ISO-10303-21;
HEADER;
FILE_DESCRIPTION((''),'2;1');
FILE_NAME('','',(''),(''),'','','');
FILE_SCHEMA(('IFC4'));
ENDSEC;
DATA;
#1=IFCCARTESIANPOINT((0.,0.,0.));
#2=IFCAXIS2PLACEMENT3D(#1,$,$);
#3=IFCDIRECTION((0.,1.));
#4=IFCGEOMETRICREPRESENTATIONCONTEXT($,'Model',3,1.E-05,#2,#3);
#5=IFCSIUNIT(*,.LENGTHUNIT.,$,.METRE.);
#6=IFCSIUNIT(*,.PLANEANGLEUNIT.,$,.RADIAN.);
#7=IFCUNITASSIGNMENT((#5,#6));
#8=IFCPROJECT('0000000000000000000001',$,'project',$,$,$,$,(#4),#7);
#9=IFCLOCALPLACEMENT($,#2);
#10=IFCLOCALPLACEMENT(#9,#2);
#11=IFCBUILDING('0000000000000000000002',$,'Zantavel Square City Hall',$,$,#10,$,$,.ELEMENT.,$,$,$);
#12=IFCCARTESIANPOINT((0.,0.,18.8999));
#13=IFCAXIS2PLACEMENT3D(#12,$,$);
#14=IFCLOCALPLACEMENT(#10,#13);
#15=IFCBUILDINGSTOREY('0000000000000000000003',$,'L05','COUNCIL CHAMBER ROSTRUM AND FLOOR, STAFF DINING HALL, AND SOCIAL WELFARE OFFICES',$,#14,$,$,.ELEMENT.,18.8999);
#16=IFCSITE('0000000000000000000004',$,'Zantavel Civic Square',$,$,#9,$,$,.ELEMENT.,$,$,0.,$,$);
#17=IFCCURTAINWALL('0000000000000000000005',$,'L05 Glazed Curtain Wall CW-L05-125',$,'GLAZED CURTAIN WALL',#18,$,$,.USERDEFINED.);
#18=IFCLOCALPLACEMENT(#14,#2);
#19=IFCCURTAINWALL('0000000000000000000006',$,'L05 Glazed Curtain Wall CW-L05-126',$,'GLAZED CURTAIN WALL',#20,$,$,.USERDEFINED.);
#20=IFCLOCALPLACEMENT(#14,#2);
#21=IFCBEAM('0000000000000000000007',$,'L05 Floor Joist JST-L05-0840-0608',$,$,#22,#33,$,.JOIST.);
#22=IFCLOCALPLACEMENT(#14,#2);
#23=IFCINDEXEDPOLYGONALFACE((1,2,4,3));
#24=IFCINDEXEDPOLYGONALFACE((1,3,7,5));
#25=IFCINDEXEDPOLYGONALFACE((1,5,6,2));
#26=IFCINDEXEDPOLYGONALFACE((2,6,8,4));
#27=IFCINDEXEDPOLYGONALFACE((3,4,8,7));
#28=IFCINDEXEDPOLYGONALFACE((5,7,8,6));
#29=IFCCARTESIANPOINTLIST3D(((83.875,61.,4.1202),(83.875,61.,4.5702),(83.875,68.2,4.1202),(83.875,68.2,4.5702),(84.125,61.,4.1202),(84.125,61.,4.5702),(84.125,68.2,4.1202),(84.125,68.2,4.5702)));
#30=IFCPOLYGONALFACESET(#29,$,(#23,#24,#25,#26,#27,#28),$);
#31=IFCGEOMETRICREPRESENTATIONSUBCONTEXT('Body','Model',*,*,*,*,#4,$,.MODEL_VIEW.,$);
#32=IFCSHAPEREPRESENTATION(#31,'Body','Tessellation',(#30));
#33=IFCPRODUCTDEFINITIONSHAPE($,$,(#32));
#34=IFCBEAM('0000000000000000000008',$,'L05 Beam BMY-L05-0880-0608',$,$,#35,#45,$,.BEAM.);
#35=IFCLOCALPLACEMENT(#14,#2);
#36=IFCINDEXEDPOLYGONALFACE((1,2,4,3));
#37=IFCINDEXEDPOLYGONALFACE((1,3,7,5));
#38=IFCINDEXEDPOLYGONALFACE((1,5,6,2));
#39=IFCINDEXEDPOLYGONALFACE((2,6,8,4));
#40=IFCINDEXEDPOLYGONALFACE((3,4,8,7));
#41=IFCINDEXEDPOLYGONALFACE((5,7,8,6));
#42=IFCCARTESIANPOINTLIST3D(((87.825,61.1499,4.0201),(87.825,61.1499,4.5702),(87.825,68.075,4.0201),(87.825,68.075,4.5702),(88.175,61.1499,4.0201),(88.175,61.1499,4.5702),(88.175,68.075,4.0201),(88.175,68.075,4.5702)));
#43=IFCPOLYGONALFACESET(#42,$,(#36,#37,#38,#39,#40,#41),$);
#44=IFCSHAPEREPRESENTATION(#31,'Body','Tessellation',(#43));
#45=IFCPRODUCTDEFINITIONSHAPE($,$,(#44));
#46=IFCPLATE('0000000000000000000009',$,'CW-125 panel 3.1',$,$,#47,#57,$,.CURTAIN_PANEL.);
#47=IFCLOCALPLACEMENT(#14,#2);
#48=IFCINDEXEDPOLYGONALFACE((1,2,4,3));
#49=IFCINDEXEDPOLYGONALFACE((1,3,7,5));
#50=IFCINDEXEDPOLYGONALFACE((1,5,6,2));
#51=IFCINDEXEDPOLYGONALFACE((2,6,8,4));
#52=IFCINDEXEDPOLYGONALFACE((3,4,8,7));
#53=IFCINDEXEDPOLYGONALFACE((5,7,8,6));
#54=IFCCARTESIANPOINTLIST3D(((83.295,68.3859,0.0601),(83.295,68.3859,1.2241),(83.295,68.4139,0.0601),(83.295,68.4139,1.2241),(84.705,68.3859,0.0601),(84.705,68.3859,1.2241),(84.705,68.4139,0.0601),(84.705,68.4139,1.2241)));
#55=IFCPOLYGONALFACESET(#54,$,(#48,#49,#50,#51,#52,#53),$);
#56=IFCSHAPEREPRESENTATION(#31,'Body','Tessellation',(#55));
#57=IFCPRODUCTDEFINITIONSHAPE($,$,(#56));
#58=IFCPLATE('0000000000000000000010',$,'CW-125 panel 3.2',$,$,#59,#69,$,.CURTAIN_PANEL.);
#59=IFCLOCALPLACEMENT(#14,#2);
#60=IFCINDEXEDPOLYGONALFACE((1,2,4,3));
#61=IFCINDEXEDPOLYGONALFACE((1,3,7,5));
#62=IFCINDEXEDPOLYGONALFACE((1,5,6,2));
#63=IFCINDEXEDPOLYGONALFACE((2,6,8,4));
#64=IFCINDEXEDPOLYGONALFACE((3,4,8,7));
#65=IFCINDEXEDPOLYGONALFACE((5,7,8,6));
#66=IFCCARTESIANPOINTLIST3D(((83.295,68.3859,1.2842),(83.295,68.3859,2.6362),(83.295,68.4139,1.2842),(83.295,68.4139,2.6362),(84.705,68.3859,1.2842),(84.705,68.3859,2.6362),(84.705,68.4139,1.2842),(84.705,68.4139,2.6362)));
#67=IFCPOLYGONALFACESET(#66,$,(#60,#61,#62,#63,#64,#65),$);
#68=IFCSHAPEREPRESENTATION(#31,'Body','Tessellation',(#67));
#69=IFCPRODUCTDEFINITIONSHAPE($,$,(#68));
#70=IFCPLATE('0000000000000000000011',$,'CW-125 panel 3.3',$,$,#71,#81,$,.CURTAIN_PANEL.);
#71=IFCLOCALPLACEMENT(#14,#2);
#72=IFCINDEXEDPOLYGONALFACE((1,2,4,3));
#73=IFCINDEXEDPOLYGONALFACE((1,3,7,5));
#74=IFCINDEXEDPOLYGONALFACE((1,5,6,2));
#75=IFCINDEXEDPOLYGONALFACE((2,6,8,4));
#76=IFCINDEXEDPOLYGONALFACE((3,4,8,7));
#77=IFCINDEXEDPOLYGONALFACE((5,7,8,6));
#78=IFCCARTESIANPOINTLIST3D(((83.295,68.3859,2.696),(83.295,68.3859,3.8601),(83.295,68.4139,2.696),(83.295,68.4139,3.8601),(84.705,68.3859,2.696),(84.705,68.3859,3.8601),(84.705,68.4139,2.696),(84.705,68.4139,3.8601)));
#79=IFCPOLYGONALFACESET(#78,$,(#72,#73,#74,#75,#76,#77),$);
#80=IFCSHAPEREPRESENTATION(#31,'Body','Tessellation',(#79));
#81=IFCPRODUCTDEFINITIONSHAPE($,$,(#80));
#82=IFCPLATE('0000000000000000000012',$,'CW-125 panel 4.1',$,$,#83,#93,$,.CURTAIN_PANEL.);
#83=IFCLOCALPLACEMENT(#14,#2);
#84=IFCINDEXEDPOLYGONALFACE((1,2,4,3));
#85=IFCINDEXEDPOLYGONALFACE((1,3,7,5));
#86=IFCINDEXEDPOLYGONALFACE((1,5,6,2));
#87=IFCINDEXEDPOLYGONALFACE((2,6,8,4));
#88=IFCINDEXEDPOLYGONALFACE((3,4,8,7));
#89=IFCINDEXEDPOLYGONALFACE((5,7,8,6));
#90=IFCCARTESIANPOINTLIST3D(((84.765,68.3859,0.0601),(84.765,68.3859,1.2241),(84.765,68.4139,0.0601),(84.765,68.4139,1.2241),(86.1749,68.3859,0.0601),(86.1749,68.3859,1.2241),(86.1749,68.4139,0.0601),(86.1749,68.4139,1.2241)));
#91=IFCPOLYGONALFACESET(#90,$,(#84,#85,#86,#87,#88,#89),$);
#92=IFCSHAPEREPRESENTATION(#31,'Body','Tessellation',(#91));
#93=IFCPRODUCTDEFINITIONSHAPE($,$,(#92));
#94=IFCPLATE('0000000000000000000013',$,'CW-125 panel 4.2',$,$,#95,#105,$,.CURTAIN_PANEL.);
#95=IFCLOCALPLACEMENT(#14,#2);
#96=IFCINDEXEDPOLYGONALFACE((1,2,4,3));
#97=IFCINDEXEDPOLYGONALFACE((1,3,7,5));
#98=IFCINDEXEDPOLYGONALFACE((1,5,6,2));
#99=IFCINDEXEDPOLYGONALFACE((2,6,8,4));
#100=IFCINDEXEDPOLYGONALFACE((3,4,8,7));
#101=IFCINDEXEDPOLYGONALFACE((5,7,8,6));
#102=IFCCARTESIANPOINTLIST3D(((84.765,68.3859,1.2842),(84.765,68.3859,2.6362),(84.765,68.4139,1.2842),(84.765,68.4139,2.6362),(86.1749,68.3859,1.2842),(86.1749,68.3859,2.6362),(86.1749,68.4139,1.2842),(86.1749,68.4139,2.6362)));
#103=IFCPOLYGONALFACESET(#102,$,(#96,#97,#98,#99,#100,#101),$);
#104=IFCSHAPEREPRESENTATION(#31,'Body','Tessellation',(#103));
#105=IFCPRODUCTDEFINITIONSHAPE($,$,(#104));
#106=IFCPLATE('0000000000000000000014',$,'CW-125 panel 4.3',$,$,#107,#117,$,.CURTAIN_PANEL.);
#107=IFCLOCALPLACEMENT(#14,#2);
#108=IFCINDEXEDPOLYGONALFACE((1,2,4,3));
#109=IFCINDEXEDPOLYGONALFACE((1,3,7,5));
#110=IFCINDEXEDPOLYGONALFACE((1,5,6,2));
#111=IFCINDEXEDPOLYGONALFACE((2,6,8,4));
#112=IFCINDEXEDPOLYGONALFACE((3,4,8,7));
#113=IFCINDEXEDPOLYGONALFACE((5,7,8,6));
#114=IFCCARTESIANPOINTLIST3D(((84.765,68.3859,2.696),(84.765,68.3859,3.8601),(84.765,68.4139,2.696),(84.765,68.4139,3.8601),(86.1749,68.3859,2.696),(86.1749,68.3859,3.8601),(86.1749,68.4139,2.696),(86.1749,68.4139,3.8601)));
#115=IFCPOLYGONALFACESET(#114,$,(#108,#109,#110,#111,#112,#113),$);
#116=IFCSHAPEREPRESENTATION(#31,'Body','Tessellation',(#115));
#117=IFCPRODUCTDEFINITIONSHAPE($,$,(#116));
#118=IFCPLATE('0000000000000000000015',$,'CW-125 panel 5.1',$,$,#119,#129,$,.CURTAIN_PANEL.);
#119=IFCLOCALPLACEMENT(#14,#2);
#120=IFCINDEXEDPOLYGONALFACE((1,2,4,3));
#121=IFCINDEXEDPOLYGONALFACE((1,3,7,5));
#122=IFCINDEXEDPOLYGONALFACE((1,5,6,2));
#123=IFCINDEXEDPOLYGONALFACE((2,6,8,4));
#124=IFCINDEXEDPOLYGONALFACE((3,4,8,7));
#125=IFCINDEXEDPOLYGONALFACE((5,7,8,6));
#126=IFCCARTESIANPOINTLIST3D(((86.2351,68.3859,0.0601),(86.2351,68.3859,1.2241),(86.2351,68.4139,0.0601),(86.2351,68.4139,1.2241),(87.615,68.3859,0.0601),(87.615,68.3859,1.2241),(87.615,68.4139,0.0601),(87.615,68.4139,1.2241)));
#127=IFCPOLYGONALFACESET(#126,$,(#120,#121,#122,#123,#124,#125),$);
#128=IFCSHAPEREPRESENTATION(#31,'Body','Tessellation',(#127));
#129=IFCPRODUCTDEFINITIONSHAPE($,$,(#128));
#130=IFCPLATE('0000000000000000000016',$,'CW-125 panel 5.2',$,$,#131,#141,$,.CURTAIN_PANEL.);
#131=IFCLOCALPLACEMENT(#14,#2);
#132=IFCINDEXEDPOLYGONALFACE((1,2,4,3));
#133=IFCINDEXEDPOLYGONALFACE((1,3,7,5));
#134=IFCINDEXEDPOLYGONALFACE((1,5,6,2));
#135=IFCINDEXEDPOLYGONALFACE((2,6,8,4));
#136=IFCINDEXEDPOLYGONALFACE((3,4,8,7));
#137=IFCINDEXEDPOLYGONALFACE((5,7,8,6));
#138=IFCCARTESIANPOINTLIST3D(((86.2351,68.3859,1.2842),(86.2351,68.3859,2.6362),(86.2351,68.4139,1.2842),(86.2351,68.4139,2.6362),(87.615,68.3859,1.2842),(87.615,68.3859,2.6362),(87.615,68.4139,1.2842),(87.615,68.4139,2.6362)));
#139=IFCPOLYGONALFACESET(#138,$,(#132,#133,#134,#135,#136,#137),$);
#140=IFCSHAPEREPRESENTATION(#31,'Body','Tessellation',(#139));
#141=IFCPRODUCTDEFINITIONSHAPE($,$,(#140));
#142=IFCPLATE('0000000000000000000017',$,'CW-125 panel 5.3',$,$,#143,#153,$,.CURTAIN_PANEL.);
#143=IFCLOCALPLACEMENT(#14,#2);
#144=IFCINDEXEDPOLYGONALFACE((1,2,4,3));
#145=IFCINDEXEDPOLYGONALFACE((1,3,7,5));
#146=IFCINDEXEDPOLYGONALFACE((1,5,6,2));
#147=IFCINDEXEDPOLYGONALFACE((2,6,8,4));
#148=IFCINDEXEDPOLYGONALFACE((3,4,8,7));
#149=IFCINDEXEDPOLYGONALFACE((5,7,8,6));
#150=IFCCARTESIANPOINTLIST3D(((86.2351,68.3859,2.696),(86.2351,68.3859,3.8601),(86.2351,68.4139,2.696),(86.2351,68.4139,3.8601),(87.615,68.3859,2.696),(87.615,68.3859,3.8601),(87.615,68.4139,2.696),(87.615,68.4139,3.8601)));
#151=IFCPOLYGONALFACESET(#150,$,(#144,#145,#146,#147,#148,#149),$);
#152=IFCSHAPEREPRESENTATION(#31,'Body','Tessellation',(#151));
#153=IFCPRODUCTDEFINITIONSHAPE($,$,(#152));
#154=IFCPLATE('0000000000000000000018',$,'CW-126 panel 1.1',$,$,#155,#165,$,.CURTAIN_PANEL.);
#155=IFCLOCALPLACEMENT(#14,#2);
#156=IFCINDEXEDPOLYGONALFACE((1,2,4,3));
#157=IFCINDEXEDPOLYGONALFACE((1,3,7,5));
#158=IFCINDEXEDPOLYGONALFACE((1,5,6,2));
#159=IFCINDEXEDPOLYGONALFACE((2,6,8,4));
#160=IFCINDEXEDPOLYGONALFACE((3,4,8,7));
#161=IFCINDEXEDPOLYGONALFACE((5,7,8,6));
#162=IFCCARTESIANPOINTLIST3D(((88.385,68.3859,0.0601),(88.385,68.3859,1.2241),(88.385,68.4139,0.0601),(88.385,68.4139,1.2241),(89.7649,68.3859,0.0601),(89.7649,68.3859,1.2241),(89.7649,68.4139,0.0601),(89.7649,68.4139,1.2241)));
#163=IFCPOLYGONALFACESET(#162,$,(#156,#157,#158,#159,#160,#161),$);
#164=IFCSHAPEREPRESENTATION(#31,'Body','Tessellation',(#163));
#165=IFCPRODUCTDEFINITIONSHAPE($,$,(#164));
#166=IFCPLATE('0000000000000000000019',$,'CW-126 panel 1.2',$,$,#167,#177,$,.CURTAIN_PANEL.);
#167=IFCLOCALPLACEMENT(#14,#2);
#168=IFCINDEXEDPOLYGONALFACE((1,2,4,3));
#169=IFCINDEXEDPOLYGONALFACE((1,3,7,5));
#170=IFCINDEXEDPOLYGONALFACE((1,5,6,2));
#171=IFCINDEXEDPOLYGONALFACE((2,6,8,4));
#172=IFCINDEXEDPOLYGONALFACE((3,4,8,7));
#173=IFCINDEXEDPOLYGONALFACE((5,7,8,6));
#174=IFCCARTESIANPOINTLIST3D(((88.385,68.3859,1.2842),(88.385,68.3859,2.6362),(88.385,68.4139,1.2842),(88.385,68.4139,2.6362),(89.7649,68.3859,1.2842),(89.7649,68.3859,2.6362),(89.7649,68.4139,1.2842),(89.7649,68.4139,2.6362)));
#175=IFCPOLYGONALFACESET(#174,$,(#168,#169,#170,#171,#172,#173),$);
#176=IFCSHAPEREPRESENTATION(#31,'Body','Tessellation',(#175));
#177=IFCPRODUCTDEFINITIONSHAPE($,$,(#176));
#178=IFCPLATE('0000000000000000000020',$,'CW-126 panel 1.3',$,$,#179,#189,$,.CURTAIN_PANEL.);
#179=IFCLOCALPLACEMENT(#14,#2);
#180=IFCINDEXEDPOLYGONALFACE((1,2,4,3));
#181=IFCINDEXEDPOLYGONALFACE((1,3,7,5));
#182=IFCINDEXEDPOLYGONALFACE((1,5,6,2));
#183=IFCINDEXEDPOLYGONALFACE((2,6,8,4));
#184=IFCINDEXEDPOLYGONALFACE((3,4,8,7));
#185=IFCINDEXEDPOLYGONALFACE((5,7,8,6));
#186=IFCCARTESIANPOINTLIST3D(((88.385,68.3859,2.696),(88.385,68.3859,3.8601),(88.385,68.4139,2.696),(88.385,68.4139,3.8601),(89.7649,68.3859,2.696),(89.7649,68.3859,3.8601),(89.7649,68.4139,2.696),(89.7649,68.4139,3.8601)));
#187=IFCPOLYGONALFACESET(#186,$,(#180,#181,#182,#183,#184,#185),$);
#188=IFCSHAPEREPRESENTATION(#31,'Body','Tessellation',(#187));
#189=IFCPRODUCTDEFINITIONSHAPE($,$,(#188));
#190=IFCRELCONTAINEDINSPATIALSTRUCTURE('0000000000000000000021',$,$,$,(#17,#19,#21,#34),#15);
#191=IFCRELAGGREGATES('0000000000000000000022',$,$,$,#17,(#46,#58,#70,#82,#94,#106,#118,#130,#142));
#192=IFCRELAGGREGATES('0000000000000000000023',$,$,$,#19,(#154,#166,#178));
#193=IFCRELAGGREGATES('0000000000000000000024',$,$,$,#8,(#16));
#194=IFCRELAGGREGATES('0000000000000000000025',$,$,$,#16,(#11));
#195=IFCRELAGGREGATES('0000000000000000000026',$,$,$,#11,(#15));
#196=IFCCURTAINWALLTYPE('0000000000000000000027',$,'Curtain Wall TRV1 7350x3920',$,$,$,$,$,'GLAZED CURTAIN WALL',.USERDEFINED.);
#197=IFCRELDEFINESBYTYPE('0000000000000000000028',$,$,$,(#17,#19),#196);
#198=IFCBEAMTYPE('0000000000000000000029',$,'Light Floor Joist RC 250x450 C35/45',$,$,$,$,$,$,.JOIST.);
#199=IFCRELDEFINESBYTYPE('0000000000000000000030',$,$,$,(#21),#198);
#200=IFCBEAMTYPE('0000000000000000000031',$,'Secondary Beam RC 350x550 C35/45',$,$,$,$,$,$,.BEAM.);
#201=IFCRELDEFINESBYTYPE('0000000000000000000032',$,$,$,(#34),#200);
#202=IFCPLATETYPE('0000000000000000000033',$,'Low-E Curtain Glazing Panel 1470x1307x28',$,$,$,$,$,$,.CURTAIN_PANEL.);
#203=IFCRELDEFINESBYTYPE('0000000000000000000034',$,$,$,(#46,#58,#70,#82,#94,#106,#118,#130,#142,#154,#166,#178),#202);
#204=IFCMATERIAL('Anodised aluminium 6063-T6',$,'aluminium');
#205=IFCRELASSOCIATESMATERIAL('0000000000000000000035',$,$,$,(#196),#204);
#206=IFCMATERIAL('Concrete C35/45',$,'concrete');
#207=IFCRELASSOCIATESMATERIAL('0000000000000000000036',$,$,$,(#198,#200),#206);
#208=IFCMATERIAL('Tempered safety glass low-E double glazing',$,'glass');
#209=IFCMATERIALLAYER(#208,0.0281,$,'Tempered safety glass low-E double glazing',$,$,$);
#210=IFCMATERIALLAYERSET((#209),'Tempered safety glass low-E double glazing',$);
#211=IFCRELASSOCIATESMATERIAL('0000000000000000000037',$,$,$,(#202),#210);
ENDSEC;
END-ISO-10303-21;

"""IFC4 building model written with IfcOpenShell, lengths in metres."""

from ifc_helpers import new_model, si_unit, direction, frame, origin, origin_2d, place, context, subcontext, project, spatial, rectangle, extrude, material, layer, layer_set, material_profile, profile_set, type_object, element, aggregate, save


model = new_model("IFC4")

# Units and contexts
model_context = context("Model", 3, precision=1e-05, world=origin(), true_north=direction((0.0, 1.0)))
body_context = subcontext(model_context, "Body", "Model", "MODEL_VIEW")
ifc_project = project(units=[si_unit("LENGTHUNIT", "METRE"), si_unit("PLANEANGLEUNIT", "RADIAN")], contexts=[model_context])

# Site, building, storey
site_placement = place(None, origin())
site = spatial("IfcSite", under=ifc_project, at=site_placement, Name="Zantavel Civic Square", CompositionType="ELEMENT", RefElevation=0.0)
building_placement = place(site_placement, origin())
building = spatial("IfcBuilding", under=site, at=building_placement, Name="Zantavel Square City Hall", CompositionType="ELEMENT")
storey_placement = place(building_placement, frame((0.0, 0.0, 18.8999)))
storey = spatial("IfcBuildingStorey", under=building, at=storey_placement, Name="L05", Description="COUNCIL CHAMBER ROSTRUM AND FLOOR, STAFF DINING HALL, AND SOCIAL WELFARE OFFICES", CompositionType="ELEMENT", Elevation=18.8999)

# Curtain walls
ifc_material_1 = material(Name="Anodised aluminium 6063-T6", Category="aluminium")
curtain_wall_type = type_object("IfcCurtainWallType", Name="Curtain Wall TRV1 7350x3920", ElementType="GLAZED CURTAIN WALL", PredefinedType="USERDEFINED", material=ifc_material_1)
curtain_wall_1_placement = place(storey_placement, origin())
curtain_wall_1 = element("IfcCurtainWall", 1, at=curtain_wall_1_placement, inside=storey, type_object=curtain_wall_type, Name="L05 Glazed Curtain Wall CW-L05-125", ObjectType="GLAZED CURTAIN WALL", PredefinedType="USERDEFINED")
curtain_wall_2_placement = place(storey_placement, origin())
curtain_wall_2 = element("IfcCurtainWall", 2, at=curtain_wall_2_placement, inside=storey, type_object=curtain_wall_type, Name="L05 Glazed Curtain Wall CW-L05-126", ObjectType="GLAZED CURTAIN WALL", PredefinedType="USERDEFINED")

# Beams
ifc_material_2 = material(Name="Concrete C35/45", Category="concrete")
ifc_material_profile_1 = material_profile(ifc_material_2, rectangle(XDim=0.25, YDim=0.45, at=origin_2d()), Name="RC 250x450")
ifc_profile_set_1 = profile_set([ifc_material_profile_1], Name="Concrete C35/45")
beam_type_1 = type_object("IfcBeamType", Name="Light Floor Joist RC 250x450 C35/45", PredefinedType="JOIST", material=ifc_profile_set_1)
beam_1_placement = place(storey_placement, frame((84.0, 61.0, 4.3452), z_axis=(0.0, 1.0, 0.0), x_axis=(-1.0, 0.0, 0.0)))
element("IfcBeam", 3, at=beam_1_placement, inside=storey, type_object=beam_type_1, Name="L05 Floor Joist JST-L05-0840-0608", PredefinedType="JOIST", context=body_context, shape_type="SweptSolid", body=[
    extrude(rectangle(XDim=0.25, YDim=0.45, at=origin_2d()), origin(), (0.0, 0.0, 1.0), 7.2),
])
ifc_material_profile_2 = material_profile(ifc_material_2, rectangle(XDim=0.3501, YDim=0.55, at=origin_2d()), Name="RC 350x550")
ifc_profile_set_2 = profile_set([ifc_material_profile_2], Name="Concrete C35/45")
beam_type_2 = type_object("IfcBeamType", Name="Secondary Beam RC 350x550 C35/45", PredefinedType="BEAM", material=ifc_profile_set_2)
beam_2_placement = place(storey_placement, frame((88.0, 61.1499, 4.2952), z_axis=(0.0, 1.0, 0.0), x_axis=(-1.0, 0.0, 0.0)))
element("IfcBeam", 4, at=beam_2_placement, inside=storey, type_object=beam_type_2, Name="L05 Beam BMY-L05-0880-0608", PredefinedType="BEAM", context=body_context, shape_type="SweptSolid", body=[
    extrude(rectangle(XDim=0.3501, YDim=0.55, at=origin_2d()), origin(), (0.0, 0.0, 1.0), 6.925),
])

# Plates
ifc_material_3 = material(Name="Tempered safety glass low-E double glazing", Category="glass")
ifc_layer_1 = layer(ifc_material_3, 0.0281, Name="Tempered safety glass low-E double glazing")
ifc_layer_set_1 = layer_set([ifc_layer_1], Name="Tempered safety glass low-E double glazing")
plate_type = type_object("IfcPlateType", Name="Low-E Curtain Glazing Panel 1470x1307x28", PredefinedType="CURTAIN_PANEL", material=ifc_layer_set_1)
plate_1_placement = place(storey_placement, frame((84.0, 68.3999, 0.0601), z_axis=(0.0, 0.0, 1.0), x_axis=(1.0, 0.0, 0.0)))
plate_1 = element("IfcPlate", 5, at=plate_1_placement, type_object=plate_type, Name="CW-125 panel 3.1", PredefinedType="CURTAIN_PANEL", context=body_context, shape_type="SweptSolid", body=[
    extrude(rectangle(XDim=1.4099, YDim=0.0281, at=origin_2d()), origin(), (0.0, 0.0, 1.0), 1.1641),
])
plate_2_placement = place(storey_placement, frame((84.0, 68.3999, 1.2842), z_axis=(0.0, 0.0, 1.0), x_axis=(1.0, 0.0, 0.0)))
plate_2 = element("IfcPlate", 6, at=plate_2_placement, type_object=plate_type, Name="CW-125 panel 3.2", PredefinedType="CURTAIN_PANEL", context=body_context, shape_type="SweptSolid", body=[
    extrude(rectangle(XDim=1.4099, YDim=0.0281, at=origin_2d()), origin(), (0.0, 0.0, 1.0), 1.3521),
])
plate_3_placement = place(storey_placement, frame((84.0, 68.3999, 2.696), z_axis=(0.0, 0.0, 1.0), x_axis=(1.0, 0.0, 0.0)))
plate_3 = element("IfcPlate", 7, at=plate_3_placement, type_object=plate_type, Name="CW-125 panel 3.3", PredefinedType="CURTAIN_PANEL", context=body_context, shape_type="SweptSolid", body=[
    extrude(rectangle(XDim=1.4099, YDim=0.0281, at=origin_2d()), origin(), (0.0, 0.0, 1.0), 1.1641),
])
plate_4_placement = place(storey_placement, frame((85.47, 68.3999, 0.0601), z_axis=(0.0, 0.0, 1.0), x_axis=(1.0, 0.0, 0.0)))
plate_4 = element("IfcPlate", 8, at=plate_4_placement, type_object=plate_type, Name="CW-125 panel 4.1", PredefinedType="CURTAIN_PANEL", context=body_context, shape_type="SweptSolid", body=[
    extrude(rectangle(XDim=1.4099, YDim=0.0281, at=origin_2d()), origin(), (0.0, 0.0, 1.0), 1.1641),
])
plate_5_placement = place(storey_placement, frame((85.47, 68.3999, 1.2842), z_axis=(0.0, 0.0, 1.0), x_axis=(1.0, 0.0, 0.0)))
plate_5 = element("IfcPlate", 9, at=plate_5_placement, type_object=plate_type, Name="CW-125 panel 4.2", PredefinedType="CURTAIN_PANEL", context=body_context, shape_type="SweptSolid", body=[
    extrude(rectangle(XDim=1.4099, YDim=0.0281, at=origin_2d()), origin(), (0.0, 0.0, 1.0), 1.3521),
])
plate_6_placement = place(storey_placement, frame((85.47, 68.3999, 2.696), z_axis=(0.0, 0.0, 1.0), x_axis=(1.0, 0.0, 0.0)))
plate_6 = element("IfcPlate", 10, at=plate_6_placement, type_object=plate_type, Name="CW-125 panel 4.3", PredefinedType="CURTAIN_PANEL", context=body_context, shape_type="SweptSolid", body=[
    extrude(rectangle(XDim=1.4099, YDim=0.0281, at=origin_2d()), origin(), (0.0, 0.0, 1.0), 1.1641),
])
plate_7_placement = place(storey_placement, frame((86.925, 68.3999, 0.0601), z_axis=(0.0, 0.0, 1.0), x_axis=(1.0, 0.0, 0.0)))
plate_7 = element("IfcPlate", 11, at=plate_7_placement, type_object=plate_type, Name="CW-125 panel 5.1", PredefinedType="CURTAIN_PANEL", context=body_context, shape_type="SweptSolid", body=[
    extrude(rectangle(XDim=1.3799, YDim=0.0281, at=origin_2d()), origin(), (0.0, 0.0, 1.0), 1.1641),
])
plate_8_placement = place(storey_placement, frame((86.925, 68.3999, 1.2842), z_axis=(0.0, 0.0, 1.0), x_axis=(1.0, 0.0, 0.0)))
plate_8 = element("IfcPlate", 12, at=plate_8_placement, type_object=plate_type, Name="CW-125 panel 5.2", PredefinedType="CURTAIN_PANEL", context=body_context, shape_type="SweptSolid", body=[
    extrude(rectangle(XDim=1.3799, YDim=0.0281, at=origin_2d()), origin(), (0.0, 0.0, 1.0), 1.3521),
])
plate_9_placement = place(storey_placement, frame((86.925, 68.3999, 2.696), z_axis=(0.0, 0.0, 1.0), x_axis=(1.0, 0.0, 0.0)))
plate_9 = element("IfcPlate", 13, at=plate_9_placement, type_object=plate_type, Name="CW-125 panel 5.3", PredefinedType="CURTAIN_PANEL", context=body_context, shape_type="SweptSolid", body=[
    extrude(rectangle(XDim=1.3799, YDim=0.0281, at=origin_2d()), origin(), (0.0, 0.0, 1.0), 1.1641),
])
aggregate(curtain_wall_1, [plate_1, plate_2, plate_3, plate_4, plate_5, plate_6, plate_7, plate_8, plate_9])
plate_10_placement = place(storey_placement, frame((89.075, 68.3999, 0.0601), z_axis=(0.0, 0.0, 1.0), x_axis=(1.0, 0.0, 0.0)))
plate_10 = element("IfcPlate", 14, at=plate_10_placement, type_object=plate_type, Name="CW-126 panel 1.1", PredefinedType="CURTAIN_PANEL", context=body_context, shape_type="SweptSolid", body=[
    extrude(rectangle(XDim=1.3799, YDim=0.0281, at=origin_2d()), origin(), (0.0, 0.0, 1.0), 1.1641),
])
plate_11_placement = place(storey_placement, frame((89.075, 68.3999, 1.2842), z_axis=(0.0, 0.0, 1.0), x_axis=(1.0, 0.0, 0.0)))
plate_11 = element("IfcPlate", 15, at=plate_11_placement, type_object=plate_type, Name="CW-126 panel 1.2", PredefinedType="CURTAIN_PANEL", context=body_context, shape_type="SweptSolid", body=[
    extrude(rectangle(XDim=1.3799, YDim=0.0281, at=origin_2d()), origin(), (0.0, 0.0, 1.0), 1.3521),
])
plate_12_placement = place(storey_placement, frame((89.075, 68.3999, 2.696), z_axis=(0.0, 0.0, 1.0), x_axis=(1.0, 0.0, 0.0)))
plate_12 = element("IfcPlate", 16, at=plate_12_placement, type_object=plate_type, Name="CW-126 panel 1.3", PredefinedType="CURTAIN_PANEL", context=body_context, shape_type="SweptSolid", body=[
    extrude(rectangle(XDim=1.3799, YDim=0.0281, at=origin_2d()), origin(), (0.0, 0.0, 1.0), 1.1641),
])
aggregate(curtain_wall_2, [plate_10, plate_11, plate_12])

save(model, "model.ifc")
